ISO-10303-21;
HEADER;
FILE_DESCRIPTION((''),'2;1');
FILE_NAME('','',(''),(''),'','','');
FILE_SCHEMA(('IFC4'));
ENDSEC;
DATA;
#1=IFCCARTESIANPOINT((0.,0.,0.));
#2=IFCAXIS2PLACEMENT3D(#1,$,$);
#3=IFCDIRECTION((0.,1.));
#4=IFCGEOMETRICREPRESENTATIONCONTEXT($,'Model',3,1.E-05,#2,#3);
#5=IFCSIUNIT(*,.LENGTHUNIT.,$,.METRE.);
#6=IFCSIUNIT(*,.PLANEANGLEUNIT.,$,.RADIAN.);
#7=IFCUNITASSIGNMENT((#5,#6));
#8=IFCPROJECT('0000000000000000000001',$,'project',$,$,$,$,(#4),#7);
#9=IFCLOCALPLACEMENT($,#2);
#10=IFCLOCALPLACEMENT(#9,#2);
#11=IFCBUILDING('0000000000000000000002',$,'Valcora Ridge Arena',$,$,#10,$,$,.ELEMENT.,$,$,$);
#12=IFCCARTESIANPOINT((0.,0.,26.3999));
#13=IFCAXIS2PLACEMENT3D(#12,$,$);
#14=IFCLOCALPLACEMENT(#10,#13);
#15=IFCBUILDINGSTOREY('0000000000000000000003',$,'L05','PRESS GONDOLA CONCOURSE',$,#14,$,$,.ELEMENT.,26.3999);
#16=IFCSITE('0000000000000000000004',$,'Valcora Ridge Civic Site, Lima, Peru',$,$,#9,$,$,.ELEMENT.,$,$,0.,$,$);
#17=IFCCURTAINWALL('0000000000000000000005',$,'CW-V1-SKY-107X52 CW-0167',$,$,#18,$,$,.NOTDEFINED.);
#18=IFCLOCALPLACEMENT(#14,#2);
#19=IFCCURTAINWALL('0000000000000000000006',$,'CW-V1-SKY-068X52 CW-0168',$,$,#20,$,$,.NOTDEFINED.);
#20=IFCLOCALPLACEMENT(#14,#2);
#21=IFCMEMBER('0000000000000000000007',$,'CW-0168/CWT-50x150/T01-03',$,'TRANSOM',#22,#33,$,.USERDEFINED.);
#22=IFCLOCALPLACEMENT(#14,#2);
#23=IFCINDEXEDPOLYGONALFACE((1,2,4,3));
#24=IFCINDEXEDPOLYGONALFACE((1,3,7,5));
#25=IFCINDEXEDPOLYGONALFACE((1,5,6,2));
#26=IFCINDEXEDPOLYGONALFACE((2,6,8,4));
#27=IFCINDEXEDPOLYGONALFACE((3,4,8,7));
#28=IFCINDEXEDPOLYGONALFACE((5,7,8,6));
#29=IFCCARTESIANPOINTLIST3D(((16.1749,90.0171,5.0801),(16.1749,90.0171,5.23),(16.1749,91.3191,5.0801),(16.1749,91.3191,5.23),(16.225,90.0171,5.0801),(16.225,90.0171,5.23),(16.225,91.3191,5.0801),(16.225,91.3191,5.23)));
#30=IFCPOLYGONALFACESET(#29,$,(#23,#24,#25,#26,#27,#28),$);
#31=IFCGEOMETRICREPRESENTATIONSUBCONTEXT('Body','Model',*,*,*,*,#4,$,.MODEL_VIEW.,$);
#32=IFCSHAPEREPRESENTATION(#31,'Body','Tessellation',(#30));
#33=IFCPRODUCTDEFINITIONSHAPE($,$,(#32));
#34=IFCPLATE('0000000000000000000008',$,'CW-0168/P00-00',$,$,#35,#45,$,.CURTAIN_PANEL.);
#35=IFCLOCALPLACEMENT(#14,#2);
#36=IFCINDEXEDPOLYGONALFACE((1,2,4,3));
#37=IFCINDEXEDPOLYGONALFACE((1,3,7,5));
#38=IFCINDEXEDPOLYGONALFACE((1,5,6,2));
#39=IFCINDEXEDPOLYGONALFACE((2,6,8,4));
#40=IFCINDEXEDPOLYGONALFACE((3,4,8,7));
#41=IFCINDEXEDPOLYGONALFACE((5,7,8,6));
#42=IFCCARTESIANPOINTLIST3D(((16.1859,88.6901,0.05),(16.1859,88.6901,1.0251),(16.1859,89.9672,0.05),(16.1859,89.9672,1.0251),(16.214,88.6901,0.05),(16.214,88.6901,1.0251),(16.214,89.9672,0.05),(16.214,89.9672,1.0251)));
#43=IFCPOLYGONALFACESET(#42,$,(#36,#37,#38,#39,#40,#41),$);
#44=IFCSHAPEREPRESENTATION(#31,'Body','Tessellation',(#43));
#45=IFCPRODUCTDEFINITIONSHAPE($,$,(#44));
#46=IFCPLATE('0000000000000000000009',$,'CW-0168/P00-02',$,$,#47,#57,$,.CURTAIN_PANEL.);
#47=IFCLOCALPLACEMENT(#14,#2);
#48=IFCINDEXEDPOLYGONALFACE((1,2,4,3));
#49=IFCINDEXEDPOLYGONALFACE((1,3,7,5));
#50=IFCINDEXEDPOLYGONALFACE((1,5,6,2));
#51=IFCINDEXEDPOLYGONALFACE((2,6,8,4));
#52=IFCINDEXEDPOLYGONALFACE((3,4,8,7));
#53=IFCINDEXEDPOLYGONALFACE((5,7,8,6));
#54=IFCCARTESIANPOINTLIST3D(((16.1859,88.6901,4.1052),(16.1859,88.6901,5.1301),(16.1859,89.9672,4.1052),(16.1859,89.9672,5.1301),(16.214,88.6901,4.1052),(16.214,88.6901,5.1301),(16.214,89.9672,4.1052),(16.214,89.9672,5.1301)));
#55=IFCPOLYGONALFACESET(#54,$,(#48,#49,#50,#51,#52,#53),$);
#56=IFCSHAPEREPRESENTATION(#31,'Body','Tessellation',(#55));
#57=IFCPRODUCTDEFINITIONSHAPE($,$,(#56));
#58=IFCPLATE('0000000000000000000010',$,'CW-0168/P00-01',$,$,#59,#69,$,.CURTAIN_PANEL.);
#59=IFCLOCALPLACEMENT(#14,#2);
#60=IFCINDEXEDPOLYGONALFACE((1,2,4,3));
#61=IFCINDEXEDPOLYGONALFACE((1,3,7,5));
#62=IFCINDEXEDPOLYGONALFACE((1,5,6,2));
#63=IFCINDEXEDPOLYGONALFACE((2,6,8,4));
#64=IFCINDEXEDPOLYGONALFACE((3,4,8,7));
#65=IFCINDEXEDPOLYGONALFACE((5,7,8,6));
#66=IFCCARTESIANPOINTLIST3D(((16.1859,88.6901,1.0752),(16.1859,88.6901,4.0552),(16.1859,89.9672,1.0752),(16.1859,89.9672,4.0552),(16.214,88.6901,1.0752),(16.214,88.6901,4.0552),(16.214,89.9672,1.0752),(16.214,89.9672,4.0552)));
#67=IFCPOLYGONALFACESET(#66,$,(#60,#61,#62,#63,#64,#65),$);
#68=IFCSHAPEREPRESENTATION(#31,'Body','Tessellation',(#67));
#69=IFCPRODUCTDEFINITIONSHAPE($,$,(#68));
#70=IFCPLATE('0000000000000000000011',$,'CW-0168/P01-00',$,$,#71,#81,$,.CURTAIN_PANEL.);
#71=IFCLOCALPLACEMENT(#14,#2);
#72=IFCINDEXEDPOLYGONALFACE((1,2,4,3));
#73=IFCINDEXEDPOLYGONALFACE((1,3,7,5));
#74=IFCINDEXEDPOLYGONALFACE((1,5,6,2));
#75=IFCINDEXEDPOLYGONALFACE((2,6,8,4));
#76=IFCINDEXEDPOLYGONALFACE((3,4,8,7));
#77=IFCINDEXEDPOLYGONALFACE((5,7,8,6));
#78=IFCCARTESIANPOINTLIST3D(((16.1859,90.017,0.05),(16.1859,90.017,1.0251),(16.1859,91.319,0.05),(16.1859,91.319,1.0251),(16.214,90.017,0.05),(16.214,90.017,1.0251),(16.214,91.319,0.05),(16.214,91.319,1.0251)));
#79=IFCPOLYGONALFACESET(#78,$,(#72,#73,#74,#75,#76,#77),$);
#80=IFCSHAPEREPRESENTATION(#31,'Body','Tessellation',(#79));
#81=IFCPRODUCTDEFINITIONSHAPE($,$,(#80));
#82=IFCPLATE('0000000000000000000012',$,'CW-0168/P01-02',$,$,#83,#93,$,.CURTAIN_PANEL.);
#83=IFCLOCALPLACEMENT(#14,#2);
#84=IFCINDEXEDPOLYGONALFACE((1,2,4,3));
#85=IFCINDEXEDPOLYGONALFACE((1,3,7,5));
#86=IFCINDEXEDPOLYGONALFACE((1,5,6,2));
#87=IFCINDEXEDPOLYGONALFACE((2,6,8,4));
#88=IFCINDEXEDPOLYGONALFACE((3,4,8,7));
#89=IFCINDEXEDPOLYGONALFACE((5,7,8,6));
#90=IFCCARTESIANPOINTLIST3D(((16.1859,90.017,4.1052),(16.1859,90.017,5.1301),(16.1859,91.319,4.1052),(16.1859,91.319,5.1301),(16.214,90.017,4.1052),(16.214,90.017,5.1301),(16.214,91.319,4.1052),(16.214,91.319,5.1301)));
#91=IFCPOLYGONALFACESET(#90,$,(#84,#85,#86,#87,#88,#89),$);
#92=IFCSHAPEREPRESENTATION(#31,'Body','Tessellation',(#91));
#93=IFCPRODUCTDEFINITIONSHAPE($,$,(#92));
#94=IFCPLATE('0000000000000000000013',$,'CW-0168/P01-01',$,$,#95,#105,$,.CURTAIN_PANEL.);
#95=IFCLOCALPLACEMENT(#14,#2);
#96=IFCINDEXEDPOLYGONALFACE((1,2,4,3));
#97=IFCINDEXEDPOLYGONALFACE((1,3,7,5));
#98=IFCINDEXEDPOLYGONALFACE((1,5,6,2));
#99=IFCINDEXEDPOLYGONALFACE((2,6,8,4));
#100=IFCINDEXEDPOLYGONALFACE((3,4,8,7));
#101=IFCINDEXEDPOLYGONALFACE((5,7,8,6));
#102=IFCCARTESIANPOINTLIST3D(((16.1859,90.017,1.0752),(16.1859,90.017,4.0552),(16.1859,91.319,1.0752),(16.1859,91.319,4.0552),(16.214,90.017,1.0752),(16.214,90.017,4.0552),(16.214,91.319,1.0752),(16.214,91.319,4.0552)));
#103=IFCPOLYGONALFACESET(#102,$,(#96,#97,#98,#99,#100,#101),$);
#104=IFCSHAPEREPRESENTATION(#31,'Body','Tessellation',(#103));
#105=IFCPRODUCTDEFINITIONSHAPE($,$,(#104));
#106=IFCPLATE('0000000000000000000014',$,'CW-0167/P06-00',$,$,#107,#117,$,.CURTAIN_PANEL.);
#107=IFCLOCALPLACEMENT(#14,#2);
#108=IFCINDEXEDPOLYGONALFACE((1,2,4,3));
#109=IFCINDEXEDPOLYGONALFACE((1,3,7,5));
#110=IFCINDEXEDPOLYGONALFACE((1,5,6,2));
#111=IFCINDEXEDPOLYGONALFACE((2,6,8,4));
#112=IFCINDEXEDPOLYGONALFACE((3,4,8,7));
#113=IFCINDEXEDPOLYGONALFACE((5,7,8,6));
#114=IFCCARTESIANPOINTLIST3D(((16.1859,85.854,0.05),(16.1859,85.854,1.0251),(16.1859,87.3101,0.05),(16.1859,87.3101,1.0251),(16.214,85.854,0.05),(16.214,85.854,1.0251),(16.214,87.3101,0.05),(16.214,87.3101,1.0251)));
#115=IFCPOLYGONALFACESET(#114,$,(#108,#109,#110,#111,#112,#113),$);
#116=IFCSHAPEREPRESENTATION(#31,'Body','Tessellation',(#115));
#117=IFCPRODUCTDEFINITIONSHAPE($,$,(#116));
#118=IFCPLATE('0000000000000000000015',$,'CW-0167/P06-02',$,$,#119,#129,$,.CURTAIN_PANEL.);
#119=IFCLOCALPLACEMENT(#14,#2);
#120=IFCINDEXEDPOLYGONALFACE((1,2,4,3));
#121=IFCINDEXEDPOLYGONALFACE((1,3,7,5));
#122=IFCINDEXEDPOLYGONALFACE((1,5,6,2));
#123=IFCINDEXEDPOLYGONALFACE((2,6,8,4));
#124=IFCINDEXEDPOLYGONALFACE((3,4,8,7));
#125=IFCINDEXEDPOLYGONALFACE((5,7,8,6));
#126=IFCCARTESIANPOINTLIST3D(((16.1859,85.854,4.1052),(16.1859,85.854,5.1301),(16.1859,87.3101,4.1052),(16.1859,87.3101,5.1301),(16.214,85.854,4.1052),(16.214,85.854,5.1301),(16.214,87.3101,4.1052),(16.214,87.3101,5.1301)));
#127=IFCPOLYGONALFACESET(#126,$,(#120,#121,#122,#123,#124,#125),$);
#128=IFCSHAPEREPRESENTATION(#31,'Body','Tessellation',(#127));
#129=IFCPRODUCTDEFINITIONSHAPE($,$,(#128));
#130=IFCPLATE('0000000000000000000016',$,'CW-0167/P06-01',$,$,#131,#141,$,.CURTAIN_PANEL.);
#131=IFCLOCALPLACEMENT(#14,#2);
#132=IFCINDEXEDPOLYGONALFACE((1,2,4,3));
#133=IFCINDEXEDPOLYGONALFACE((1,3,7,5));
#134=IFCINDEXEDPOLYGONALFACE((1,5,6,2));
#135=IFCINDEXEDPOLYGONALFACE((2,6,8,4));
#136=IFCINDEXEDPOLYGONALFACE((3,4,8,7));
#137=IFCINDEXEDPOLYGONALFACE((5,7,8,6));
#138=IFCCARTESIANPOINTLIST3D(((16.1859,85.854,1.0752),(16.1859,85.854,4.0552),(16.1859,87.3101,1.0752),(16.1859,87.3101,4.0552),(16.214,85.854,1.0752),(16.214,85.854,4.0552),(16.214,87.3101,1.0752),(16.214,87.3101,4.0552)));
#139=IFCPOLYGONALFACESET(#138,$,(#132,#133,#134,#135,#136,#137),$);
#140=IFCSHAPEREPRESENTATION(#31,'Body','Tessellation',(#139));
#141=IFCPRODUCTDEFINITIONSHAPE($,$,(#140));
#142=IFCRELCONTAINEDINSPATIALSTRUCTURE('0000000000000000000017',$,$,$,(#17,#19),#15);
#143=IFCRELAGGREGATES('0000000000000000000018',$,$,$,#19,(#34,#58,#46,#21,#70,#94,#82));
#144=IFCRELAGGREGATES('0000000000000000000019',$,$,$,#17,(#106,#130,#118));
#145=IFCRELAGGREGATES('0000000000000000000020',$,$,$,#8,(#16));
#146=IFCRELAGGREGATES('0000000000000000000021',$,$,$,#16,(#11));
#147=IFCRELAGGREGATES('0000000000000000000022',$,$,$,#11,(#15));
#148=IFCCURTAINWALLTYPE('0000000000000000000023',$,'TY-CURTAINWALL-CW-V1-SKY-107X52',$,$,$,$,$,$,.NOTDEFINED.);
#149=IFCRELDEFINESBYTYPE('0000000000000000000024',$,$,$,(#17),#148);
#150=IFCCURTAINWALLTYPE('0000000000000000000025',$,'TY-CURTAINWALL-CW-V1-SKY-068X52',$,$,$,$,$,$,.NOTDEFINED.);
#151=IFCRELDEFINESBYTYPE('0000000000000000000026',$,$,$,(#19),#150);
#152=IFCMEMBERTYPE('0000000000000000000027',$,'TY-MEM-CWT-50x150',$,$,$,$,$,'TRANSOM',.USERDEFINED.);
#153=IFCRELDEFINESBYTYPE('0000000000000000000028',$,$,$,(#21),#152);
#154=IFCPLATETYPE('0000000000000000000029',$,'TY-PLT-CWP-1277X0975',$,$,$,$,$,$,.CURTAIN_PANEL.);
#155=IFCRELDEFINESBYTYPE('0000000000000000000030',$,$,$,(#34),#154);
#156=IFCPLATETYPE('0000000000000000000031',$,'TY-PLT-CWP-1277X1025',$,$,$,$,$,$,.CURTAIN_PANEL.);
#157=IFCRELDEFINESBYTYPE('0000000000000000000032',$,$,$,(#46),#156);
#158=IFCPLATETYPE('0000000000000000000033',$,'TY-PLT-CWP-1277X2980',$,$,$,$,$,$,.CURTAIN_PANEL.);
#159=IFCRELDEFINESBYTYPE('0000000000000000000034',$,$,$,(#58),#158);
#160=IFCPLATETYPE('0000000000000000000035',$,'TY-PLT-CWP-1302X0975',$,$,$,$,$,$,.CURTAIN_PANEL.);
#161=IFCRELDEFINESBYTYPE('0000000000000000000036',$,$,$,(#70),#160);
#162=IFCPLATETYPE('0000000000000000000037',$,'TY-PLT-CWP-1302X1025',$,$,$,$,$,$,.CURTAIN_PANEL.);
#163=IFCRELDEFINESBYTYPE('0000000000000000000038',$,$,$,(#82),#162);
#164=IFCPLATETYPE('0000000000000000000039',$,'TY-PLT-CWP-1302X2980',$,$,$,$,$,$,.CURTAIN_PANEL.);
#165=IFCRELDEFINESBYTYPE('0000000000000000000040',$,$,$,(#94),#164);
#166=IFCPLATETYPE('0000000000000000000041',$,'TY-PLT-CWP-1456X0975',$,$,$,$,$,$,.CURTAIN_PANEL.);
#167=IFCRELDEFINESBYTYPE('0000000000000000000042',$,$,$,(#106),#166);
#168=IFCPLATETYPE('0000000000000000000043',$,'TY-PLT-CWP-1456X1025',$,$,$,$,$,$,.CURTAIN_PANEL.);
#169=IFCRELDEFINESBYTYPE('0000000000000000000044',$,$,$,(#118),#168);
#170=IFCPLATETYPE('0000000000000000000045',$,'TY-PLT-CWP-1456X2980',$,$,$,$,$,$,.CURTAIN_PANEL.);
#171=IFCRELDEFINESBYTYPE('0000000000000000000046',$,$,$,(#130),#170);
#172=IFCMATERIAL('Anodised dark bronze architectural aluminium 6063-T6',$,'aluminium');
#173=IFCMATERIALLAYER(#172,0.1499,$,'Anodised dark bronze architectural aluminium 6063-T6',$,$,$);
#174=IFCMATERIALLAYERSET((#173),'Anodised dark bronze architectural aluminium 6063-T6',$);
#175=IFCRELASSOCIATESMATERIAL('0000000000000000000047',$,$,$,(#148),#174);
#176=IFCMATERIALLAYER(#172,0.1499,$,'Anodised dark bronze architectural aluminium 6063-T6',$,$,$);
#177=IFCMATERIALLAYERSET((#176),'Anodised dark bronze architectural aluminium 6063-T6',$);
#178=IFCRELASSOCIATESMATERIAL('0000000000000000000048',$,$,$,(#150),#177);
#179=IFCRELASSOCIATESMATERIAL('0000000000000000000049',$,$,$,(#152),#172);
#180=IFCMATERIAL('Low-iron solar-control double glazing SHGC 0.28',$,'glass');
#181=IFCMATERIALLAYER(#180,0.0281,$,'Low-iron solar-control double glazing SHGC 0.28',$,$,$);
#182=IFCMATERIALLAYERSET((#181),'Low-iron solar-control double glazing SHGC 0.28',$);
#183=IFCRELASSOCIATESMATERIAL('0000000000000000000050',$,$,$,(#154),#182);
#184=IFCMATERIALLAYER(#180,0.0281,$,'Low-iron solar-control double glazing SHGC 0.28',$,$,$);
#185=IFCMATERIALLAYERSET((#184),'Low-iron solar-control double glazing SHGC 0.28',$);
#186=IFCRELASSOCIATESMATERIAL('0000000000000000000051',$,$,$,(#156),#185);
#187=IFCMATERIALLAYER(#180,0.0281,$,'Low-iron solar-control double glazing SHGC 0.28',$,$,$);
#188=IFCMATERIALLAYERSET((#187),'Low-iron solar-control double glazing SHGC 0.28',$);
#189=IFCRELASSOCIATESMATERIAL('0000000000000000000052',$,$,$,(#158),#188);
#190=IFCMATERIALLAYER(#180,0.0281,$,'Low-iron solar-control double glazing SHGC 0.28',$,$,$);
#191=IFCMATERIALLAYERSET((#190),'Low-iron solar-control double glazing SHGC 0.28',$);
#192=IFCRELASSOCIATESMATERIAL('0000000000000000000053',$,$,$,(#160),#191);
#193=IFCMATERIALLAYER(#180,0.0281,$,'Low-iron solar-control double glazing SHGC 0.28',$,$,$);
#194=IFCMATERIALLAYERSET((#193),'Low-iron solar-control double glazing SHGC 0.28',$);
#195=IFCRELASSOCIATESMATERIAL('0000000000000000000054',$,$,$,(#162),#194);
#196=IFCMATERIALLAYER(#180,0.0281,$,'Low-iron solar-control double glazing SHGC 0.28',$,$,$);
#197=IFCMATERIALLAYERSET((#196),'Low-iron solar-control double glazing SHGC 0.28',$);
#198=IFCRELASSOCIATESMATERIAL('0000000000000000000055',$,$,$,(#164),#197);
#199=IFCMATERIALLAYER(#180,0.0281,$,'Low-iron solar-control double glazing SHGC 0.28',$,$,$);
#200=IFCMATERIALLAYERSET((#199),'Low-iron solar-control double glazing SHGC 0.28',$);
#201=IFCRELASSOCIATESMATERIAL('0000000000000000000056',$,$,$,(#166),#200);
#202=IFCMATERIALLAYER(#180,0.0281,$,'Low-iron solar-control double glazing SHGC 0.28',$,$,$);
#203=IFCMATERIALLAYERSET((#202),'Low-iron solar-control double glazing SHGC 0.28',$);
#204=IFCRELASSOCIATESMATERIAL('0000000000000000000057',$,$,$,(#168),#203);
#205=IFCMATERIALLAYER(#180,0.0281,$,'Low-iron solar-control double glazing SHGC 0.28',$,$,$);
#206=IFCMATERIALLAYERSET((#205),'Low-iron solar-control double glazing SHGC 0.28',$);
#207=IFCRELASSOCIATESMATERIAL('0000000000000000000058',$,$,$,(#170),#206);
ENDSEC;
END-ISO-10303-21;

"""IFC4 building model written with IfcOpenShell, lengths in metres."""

from ifc_helpers import new_model, si_unit, direction, frame, origin, origin_2d, place, context, subcontext, project, spatial, rectangle, extrude, material, layer, layer_set, material_profile, profile_set, type_object, element, aggregate, save


model = new_model("IFC4")

# Units and contexts
model_context = context("Model", 3, precision=1e-05, world=origin(), true_north=direction((0.0, 1.0)))
body_context = subcontext(model_context, "Body", "Model", "MODEL_VIEW")
ifc_project = project(units=[si_unit("LENGTHUNIT", "METRE"), si_unit("PLANEANGLEUNIT", "RADIAN")], contexts=[model_context])

# Site, building, storey
site_placement = place(None, origin())
site = spatial("IfcSite", under=ifc_project, at=site_placement, Name="Valcora Ridge Civic Site, Lima, Peru", CompositionType="ELEMENT", RefElevation=0.0)
building_placement = place(site_placement, origin())
building = spatial("IfcBuilding", under=site, at=building_placement, Name="Valcora Ridge Arena", CompositionType="ELEMENT")
storey_placement = place(building_placement, frame((0.0, 0.0, 26.3999)))
storey = spatial("IfcBuildingStorey", under=building, at=storey_placement, Name="L05", Description="PRESS GONDOLA CONCOURSE", CompositionType="ELEMENT", Elevation=26.3999)

# Curtain wall
ifc_material_1 = material(Name="Anodised dark bronze architectural aluminium 6063-T6", Category="aluminium")
ifc_layer_1 = layer(ifc_material_1, 0.1499, Name="Anodised dark bronze architectural aluminium 6063-T6")
ifc_layer_set_1 = layer_set([ifc_layer_1], Name="Anodised dark bronze architectural aluminium 6063-T6")
curtain_wall_type_1 = type_object("IfcCurtainWallType", Name="TY-CURTAINWALL-CW-V1-SKY-107X52", PredefinedType="NOTDEFINED", material=ifc_layer_set_1)
curtain_wall_1_placement = place(storey_placement, origin())
curtain_wall_1 = element("IfcCurtainWall", 1, at=curtain_wall_1_placement, inside=storey, type_object=curtain_wall_type_1, Name="CW-V1-SKY-107X52 CW-0167", PredefinedType="NOTDEFINED")

# Curtain wall
ifc_layer_2 = layer(ifc_material_1, 0.1499, Name="Anodised dark bronze architectural aluminium 6063-T6")
ifc_layer_set_2 = layer_set([ifc_layer_2], Name="Anodised dark bronze architectural aluminium 6063-T6")
curtain_wall_type_2 = type_object("IfcCurtainWallType", Name="TY-CURTAINWALL-CW-V1-SKY-068X52", PredefinedType="NOTDEFINED", material=ifc_layer_set_2)
curtain_wall_2_placement = place(storey_placement, origin())
curtain_wall_2 = element("IfcCurtainWall", 2, at=curtain_wall_2_placement, inside=storey, type_object=curtain_wall_type_2, Name="CW-V1-SKY-068X52 CW-0168", PredefinedType="NOTDEFINED")

# Member
ifc_material_profile_1 = material_profile(ifc_material_1, rectangle(XDim=0.05, YDim=0.1499, at=origin_2d()), Name="ALU TRANSOM 50x150")
ifc_profile_set_1 = profile_set([ifc_material_profile_1], Name="Anodised dark bronze architectural aluminium 6063-T6")
member_type_1 = type_object("IfcMemberType", Name="TY-MEM-CWT-50x150", ElementType="TRANSOM", PredefinedType="USERDEFINED", material=ifc_profile_set_1)
member_1_placement = place(storey_placement, frame((16.2, 90.0171, 5.155), z_axis=(0.0, 1.0, 0.0), x_axis=(-1.0, 0.0, 0.0)))
member_1 = element("IfcMember", 3, at=member_1_placement, type_object=member_type_1, Name="CW-0168/CWT-50x150/T01-03", ObjectType="TRANSOM", PredefinedType="USERDEFINED", context=body_context, shape_type="SweptSolid", body=[
    extrude(rectangle(XDim=0.05, YDim=0.1499, at=origin_2d()), origin(), (0.0, 0.0, 1.0), 1.302),
])

# Plates
ifc_material_2 = material(Name="Low-iron solar-control double glazing SHGC 0.28", Category="glass")
ifc_layer_3 = layer(ifc_material_2, 0.0281, Name="Low-iron solar-control double glazing SHGC 0.28")
ifc_layer_set_3 = layer_set([ifc_layer_3], Name="Low-iron solar-control double glazing SHGC 0.28")
plate_type_1 = type_object("IfcPlateType", Name="TY-PLT-CWP-1277X0975", PredefinedType="CURTAIN_PANEL", material=ifc_layer_set_3)
plate_1_placement = place(storey_placement, frame((16.2, 89.3286, 0.05), z_axis=(0.0, 0.0, 1.0), x_axis=(0.0, 1.0, 0.0)))
plate_1 = element("IfcPlate", 4, at=plate_1_placement, type_object=plate_type_1, Name="CW-0168/P00-00", PredefinedType="CURTAIN_PANEL", context=body_context, shape_type="SweptSolid", body=[
    extrude(rectangle(XDim=1.2771, YDim=0.0281, at=origin_2d()), origin(), (0.0, 0.0, 1.0), 0.9751),
])
ifc_layer_4 = layer(ifc_material_2, 0.0281, Name="Low-iron solar-control double glazing SHGC 0.28")
ifc_layer_set_4 = layer_set([ifc_layer_4], Name="Low-iron solar-control double glazing SHGC 0.28")
plate_type_2 = type_object("IfcPlateType", Name="TY-PLT-CWP-1277X1025", PredefinedType="CURTAIN_PANEL", material=ifc_layer_set_4)
plate_2_placement = place(storey_placement, frame((16.2, 89.3286, 4.1052), z_axis=(0.0, 0.0, 1.0), x_axis=(0.0, 1.0, 0.0)))
plate_2 = element("IfcPlate", 5, at=plate_2_placement, type_object=plate_type_2, Name="CW-0168/P00-02", PredefinedType="CURTAIN_PANEL", context=body_context, shape_type="SweptSolid", body=[
    extrude(rectangle(XDim=1.2771, YDim=0.0281, at=origin_2d()), origin(), (0.0, 0.0, 1.0), 1.0249),
])
ifc_layer_5 = layer(ifc_material_2, 0.0281, Name="Low-iron solar-control double glazing SHGC 0.28")
ifc_layer_set_5 = layer_set([ifc_layer_5], Name="Low-iron solar-control double glazing SHGC 0.28")
plate_type_3 = type_object("IfcPlateType", Name="TY-PLT-CWP-1277X2980", PredefinedType="CURTAIN_PANEL", material=ifc_layer_set_5)
plate_3_placement = place(storey_placement, frame((16.2, 89.3286, 1.0752), z_axis=(0.0, 0.0, 1.0), x_axis=(0.0, 1.0, 0.0)))
plate_3 = element("IfcPlate", 6, at=plate_3_placement, type_object=plate_type_3, Name="CW-0168/P00-01", PredefinedType="CURTAIN_PANEL", context=body_context, shape_type="SweptSolid", body=[
    extrude(rectangle(XDim=1.2771, YDim=0.0281, at=origin_2d()), origin(), (0.0, 0.0, 1.0), 2.98),
])
ifc_layer_6 = layer(ifc_material_2, 0.0281, Name="Low-iron solar-control double glazing SHGC 0.28")
ifc_layer_set_6 = layer_set([ifc_layer_6], Name="Low-iron solar-control double glazing SHGC 0.28")
plate_type_4 = type_object("IfcPlateType", Name="TY-PLT-CWP-1302X0975", PredefinedType="CURTAIN_PANEL", material=ifc_layer_set_6)
plate_4_placement = place(storey_placement, frame((16.2, 90.668, 0.05), z_axis=(0.0, 0.0, 1.0), x_axis=(0.0, 1.0, 0.0)))
plate_4 = element("IfcPlate", 7, at=plate_4_placement, type_object=plate_type_4, Name="CW-0168/P01-00", PredefinedType="CURTAIN_PANEL", context=body_context, shape_type="SweptSolid", body=[
    extrude(rectangle(XDim=1.302, YDim=0.0281, at=origin_2d()), origin(), (0.0, 0.0, 1.0), 0.9751),
])
ifc_layer_7 = layer(ifc_material_2, 0.0281, Name="Low-iron solar-control double glazing SHGC 0.28")
ifc_layer_set_7 = layer_set([ifc_layer_7], Name="Low-iron solar-control double glazing SHGC 0.28")
plate_type_5 = type_object("IfcPlateType", Name="TY-PLT-CWP-1302X1025", PredefinedType="CURTAIN_PANEL", material=ifc_layer_set_7)
plate_5_placement = place(storey_placement, frame((16.2, 90.668, 4.1052), z_axis=(0.0, 0.0, 1.0), x_axis=(0.0, 1.0, 0.0)))
plate_5 = element("IfcPlate", 8, at=plate_5_placement, type_object=plate_type_5, Name="CW-0168/P01-02", PredefinedType="CURTAIN_PANEL", context=body_context, shape_type="SweptSolid", body=[
    extrude(rectangle(XDim=1.302, YDim=0.0281, at=origin_2d()), origin(), (0.0, 0.0, 1.0), 1.0249),
])
ifc_layer_8 = layer(ifc_material_2, 0.0281, Name="Low-iron solar-control double glazing SHGC 0.28")
ifc_layer_set_8 = layer_set([ifc_layer_8], Name="Low-iron solar-control double glazing SHGC 0.28")
plate_type_6 = type_object("IfcPlateType", Name="TY-PLT-CWP-1302X2980", PredefinedType="CURTAIN_PANEL", material=ifc_layer_set_8)
plate_6_placement = place(storey_placement, frame((16.2, 90.668, 1.0752), z_axis=(0.0, 0.0, 1.0), x_axis=(0.0, 1.0, 0.0)))
plate_6 = element("IfcPlate", 9, at=plate_6_placement, type_object=plate_type_6, Name="CW-0168/P01-01", PredefinedType="CURTAIN_PANEL", context=body_context, shape_type="SweptSolid", body=[
    extrude(rectangle(XDim=1.302, YDim=0.0281, at=origin_2d()), origin(), (0.0, 0.0, 1.0), 2.98),
])
aggregate(curtain_wall_2, [plate_1, plate_3, plate_2, member_1, plate_4, plate_6, plate_5])
ifc_layer_9 = layer(ifc_material_2, 0.0281, Name="Low-iron solar-control double glazing SHGC 0.28")
ifc_layer_set_9 = layer_set([ifc_layer_9], Name="Low-iron solar-control double glazing SHGC 0.28")
plate_type_7 = type_object("IfcPlateType", Name="TY-PLT-CWP-1456X0975", PredefinedType="CURTAIN_PANEL", material=ifc_layer_set_9)
plate_7_placement = place(storey_placement, frame((16.2, 86.582, 0.05), z_axis=(0.0, 0.0, 1.0), x_axis=(0.0, 1.0, 0.0)))
plate_7 = element("IfcPlate", 10, at=plate_7_placement, type_object=plate_type_7, Name="CW-0167/P06-00", PredefinedType="CURTAIN_PANEL", context=body_context, shape_type="SweptSolid", body=[
    extrude(rectangle(XDim=1.4561, YDim=0.0281, at=origin_2d()), origin(), (0.0, 0.0, 1.0), 0.9751),
])
ifc_layer_10 = layer(ifc_material_2, 0.0281, Name="Low-iron solar-control double glazing SHGC 0.28")
ifc_layer_set_10 = layer_set([ifc_layer_10], Name="Low-iron solar-control double glazing SHGC 0.28")
plate_type_8 = type_object("IfcPlateType", Name="TY-PLT-CWP-1456X1025", PredefinedType="CURTAIN_PANEL", material=ifc_layer_set_10)
plate_8_placement = place(storey_placement, frame((16.2, 86.582, 4.1052), z_axis=(0.0, 0.0, 1.0), x_axis=(0.0, 1.0, 0.0)))
plate_8 = element("IfcPlate", 11, at=plate_8_placement, type_object=plate_type_8, Name="CW-0167/P06-02", PredefinedType="CURTAIN_PANEL", context=body_context, shape_type="SweptSolid", body=[
    extrude(rectangle(XDim=1.4561, YDim=0.0281, at=origin_2d()), origin(), (0.0, 0.0, 1.0), 1.0249),
])
ifc_layer_11 = layer(ifc_material_2, 0.0281, Name="Low-iron solar-control double glazing SHGC 0.28")
ifc_layer_set_11 = layer_set([ifc_layer_11], Name="Low-iron solar-control double glazing SHGC 0.28")
plate_type_9 = type_object("IfcPlateType", Name="TY-PLT-CWP-1456X2980", PredefinedType="CURTAIN_PANEL", material=ifc_layer_set_11)
plate_9_placement = place(storey_placement, frame((16.2, 86.582, 1.0752), z_axis=(0.0, 0.0, 1.0), x_axis=(0.0, 1.0, 0.0)))
plate_9 = element("IfcPlate", 12, at=plate_9_placement, type_object=plate_type_9, Name="CW-0167/P06-01", PredefinedType="CURTAIN_PANEL", context=body_context, shape_type="SweptSolid", body=[
    extrude(rectangle(XDim=1.4561, YDim=0.0281, at=origin_2d()), origin(), (0.0, 0.0, 1.0), 2.98),
])
aggregate(curtain_wall_1, [plate_7, plate_9, plate_8])

save(model, "model.ifc")
